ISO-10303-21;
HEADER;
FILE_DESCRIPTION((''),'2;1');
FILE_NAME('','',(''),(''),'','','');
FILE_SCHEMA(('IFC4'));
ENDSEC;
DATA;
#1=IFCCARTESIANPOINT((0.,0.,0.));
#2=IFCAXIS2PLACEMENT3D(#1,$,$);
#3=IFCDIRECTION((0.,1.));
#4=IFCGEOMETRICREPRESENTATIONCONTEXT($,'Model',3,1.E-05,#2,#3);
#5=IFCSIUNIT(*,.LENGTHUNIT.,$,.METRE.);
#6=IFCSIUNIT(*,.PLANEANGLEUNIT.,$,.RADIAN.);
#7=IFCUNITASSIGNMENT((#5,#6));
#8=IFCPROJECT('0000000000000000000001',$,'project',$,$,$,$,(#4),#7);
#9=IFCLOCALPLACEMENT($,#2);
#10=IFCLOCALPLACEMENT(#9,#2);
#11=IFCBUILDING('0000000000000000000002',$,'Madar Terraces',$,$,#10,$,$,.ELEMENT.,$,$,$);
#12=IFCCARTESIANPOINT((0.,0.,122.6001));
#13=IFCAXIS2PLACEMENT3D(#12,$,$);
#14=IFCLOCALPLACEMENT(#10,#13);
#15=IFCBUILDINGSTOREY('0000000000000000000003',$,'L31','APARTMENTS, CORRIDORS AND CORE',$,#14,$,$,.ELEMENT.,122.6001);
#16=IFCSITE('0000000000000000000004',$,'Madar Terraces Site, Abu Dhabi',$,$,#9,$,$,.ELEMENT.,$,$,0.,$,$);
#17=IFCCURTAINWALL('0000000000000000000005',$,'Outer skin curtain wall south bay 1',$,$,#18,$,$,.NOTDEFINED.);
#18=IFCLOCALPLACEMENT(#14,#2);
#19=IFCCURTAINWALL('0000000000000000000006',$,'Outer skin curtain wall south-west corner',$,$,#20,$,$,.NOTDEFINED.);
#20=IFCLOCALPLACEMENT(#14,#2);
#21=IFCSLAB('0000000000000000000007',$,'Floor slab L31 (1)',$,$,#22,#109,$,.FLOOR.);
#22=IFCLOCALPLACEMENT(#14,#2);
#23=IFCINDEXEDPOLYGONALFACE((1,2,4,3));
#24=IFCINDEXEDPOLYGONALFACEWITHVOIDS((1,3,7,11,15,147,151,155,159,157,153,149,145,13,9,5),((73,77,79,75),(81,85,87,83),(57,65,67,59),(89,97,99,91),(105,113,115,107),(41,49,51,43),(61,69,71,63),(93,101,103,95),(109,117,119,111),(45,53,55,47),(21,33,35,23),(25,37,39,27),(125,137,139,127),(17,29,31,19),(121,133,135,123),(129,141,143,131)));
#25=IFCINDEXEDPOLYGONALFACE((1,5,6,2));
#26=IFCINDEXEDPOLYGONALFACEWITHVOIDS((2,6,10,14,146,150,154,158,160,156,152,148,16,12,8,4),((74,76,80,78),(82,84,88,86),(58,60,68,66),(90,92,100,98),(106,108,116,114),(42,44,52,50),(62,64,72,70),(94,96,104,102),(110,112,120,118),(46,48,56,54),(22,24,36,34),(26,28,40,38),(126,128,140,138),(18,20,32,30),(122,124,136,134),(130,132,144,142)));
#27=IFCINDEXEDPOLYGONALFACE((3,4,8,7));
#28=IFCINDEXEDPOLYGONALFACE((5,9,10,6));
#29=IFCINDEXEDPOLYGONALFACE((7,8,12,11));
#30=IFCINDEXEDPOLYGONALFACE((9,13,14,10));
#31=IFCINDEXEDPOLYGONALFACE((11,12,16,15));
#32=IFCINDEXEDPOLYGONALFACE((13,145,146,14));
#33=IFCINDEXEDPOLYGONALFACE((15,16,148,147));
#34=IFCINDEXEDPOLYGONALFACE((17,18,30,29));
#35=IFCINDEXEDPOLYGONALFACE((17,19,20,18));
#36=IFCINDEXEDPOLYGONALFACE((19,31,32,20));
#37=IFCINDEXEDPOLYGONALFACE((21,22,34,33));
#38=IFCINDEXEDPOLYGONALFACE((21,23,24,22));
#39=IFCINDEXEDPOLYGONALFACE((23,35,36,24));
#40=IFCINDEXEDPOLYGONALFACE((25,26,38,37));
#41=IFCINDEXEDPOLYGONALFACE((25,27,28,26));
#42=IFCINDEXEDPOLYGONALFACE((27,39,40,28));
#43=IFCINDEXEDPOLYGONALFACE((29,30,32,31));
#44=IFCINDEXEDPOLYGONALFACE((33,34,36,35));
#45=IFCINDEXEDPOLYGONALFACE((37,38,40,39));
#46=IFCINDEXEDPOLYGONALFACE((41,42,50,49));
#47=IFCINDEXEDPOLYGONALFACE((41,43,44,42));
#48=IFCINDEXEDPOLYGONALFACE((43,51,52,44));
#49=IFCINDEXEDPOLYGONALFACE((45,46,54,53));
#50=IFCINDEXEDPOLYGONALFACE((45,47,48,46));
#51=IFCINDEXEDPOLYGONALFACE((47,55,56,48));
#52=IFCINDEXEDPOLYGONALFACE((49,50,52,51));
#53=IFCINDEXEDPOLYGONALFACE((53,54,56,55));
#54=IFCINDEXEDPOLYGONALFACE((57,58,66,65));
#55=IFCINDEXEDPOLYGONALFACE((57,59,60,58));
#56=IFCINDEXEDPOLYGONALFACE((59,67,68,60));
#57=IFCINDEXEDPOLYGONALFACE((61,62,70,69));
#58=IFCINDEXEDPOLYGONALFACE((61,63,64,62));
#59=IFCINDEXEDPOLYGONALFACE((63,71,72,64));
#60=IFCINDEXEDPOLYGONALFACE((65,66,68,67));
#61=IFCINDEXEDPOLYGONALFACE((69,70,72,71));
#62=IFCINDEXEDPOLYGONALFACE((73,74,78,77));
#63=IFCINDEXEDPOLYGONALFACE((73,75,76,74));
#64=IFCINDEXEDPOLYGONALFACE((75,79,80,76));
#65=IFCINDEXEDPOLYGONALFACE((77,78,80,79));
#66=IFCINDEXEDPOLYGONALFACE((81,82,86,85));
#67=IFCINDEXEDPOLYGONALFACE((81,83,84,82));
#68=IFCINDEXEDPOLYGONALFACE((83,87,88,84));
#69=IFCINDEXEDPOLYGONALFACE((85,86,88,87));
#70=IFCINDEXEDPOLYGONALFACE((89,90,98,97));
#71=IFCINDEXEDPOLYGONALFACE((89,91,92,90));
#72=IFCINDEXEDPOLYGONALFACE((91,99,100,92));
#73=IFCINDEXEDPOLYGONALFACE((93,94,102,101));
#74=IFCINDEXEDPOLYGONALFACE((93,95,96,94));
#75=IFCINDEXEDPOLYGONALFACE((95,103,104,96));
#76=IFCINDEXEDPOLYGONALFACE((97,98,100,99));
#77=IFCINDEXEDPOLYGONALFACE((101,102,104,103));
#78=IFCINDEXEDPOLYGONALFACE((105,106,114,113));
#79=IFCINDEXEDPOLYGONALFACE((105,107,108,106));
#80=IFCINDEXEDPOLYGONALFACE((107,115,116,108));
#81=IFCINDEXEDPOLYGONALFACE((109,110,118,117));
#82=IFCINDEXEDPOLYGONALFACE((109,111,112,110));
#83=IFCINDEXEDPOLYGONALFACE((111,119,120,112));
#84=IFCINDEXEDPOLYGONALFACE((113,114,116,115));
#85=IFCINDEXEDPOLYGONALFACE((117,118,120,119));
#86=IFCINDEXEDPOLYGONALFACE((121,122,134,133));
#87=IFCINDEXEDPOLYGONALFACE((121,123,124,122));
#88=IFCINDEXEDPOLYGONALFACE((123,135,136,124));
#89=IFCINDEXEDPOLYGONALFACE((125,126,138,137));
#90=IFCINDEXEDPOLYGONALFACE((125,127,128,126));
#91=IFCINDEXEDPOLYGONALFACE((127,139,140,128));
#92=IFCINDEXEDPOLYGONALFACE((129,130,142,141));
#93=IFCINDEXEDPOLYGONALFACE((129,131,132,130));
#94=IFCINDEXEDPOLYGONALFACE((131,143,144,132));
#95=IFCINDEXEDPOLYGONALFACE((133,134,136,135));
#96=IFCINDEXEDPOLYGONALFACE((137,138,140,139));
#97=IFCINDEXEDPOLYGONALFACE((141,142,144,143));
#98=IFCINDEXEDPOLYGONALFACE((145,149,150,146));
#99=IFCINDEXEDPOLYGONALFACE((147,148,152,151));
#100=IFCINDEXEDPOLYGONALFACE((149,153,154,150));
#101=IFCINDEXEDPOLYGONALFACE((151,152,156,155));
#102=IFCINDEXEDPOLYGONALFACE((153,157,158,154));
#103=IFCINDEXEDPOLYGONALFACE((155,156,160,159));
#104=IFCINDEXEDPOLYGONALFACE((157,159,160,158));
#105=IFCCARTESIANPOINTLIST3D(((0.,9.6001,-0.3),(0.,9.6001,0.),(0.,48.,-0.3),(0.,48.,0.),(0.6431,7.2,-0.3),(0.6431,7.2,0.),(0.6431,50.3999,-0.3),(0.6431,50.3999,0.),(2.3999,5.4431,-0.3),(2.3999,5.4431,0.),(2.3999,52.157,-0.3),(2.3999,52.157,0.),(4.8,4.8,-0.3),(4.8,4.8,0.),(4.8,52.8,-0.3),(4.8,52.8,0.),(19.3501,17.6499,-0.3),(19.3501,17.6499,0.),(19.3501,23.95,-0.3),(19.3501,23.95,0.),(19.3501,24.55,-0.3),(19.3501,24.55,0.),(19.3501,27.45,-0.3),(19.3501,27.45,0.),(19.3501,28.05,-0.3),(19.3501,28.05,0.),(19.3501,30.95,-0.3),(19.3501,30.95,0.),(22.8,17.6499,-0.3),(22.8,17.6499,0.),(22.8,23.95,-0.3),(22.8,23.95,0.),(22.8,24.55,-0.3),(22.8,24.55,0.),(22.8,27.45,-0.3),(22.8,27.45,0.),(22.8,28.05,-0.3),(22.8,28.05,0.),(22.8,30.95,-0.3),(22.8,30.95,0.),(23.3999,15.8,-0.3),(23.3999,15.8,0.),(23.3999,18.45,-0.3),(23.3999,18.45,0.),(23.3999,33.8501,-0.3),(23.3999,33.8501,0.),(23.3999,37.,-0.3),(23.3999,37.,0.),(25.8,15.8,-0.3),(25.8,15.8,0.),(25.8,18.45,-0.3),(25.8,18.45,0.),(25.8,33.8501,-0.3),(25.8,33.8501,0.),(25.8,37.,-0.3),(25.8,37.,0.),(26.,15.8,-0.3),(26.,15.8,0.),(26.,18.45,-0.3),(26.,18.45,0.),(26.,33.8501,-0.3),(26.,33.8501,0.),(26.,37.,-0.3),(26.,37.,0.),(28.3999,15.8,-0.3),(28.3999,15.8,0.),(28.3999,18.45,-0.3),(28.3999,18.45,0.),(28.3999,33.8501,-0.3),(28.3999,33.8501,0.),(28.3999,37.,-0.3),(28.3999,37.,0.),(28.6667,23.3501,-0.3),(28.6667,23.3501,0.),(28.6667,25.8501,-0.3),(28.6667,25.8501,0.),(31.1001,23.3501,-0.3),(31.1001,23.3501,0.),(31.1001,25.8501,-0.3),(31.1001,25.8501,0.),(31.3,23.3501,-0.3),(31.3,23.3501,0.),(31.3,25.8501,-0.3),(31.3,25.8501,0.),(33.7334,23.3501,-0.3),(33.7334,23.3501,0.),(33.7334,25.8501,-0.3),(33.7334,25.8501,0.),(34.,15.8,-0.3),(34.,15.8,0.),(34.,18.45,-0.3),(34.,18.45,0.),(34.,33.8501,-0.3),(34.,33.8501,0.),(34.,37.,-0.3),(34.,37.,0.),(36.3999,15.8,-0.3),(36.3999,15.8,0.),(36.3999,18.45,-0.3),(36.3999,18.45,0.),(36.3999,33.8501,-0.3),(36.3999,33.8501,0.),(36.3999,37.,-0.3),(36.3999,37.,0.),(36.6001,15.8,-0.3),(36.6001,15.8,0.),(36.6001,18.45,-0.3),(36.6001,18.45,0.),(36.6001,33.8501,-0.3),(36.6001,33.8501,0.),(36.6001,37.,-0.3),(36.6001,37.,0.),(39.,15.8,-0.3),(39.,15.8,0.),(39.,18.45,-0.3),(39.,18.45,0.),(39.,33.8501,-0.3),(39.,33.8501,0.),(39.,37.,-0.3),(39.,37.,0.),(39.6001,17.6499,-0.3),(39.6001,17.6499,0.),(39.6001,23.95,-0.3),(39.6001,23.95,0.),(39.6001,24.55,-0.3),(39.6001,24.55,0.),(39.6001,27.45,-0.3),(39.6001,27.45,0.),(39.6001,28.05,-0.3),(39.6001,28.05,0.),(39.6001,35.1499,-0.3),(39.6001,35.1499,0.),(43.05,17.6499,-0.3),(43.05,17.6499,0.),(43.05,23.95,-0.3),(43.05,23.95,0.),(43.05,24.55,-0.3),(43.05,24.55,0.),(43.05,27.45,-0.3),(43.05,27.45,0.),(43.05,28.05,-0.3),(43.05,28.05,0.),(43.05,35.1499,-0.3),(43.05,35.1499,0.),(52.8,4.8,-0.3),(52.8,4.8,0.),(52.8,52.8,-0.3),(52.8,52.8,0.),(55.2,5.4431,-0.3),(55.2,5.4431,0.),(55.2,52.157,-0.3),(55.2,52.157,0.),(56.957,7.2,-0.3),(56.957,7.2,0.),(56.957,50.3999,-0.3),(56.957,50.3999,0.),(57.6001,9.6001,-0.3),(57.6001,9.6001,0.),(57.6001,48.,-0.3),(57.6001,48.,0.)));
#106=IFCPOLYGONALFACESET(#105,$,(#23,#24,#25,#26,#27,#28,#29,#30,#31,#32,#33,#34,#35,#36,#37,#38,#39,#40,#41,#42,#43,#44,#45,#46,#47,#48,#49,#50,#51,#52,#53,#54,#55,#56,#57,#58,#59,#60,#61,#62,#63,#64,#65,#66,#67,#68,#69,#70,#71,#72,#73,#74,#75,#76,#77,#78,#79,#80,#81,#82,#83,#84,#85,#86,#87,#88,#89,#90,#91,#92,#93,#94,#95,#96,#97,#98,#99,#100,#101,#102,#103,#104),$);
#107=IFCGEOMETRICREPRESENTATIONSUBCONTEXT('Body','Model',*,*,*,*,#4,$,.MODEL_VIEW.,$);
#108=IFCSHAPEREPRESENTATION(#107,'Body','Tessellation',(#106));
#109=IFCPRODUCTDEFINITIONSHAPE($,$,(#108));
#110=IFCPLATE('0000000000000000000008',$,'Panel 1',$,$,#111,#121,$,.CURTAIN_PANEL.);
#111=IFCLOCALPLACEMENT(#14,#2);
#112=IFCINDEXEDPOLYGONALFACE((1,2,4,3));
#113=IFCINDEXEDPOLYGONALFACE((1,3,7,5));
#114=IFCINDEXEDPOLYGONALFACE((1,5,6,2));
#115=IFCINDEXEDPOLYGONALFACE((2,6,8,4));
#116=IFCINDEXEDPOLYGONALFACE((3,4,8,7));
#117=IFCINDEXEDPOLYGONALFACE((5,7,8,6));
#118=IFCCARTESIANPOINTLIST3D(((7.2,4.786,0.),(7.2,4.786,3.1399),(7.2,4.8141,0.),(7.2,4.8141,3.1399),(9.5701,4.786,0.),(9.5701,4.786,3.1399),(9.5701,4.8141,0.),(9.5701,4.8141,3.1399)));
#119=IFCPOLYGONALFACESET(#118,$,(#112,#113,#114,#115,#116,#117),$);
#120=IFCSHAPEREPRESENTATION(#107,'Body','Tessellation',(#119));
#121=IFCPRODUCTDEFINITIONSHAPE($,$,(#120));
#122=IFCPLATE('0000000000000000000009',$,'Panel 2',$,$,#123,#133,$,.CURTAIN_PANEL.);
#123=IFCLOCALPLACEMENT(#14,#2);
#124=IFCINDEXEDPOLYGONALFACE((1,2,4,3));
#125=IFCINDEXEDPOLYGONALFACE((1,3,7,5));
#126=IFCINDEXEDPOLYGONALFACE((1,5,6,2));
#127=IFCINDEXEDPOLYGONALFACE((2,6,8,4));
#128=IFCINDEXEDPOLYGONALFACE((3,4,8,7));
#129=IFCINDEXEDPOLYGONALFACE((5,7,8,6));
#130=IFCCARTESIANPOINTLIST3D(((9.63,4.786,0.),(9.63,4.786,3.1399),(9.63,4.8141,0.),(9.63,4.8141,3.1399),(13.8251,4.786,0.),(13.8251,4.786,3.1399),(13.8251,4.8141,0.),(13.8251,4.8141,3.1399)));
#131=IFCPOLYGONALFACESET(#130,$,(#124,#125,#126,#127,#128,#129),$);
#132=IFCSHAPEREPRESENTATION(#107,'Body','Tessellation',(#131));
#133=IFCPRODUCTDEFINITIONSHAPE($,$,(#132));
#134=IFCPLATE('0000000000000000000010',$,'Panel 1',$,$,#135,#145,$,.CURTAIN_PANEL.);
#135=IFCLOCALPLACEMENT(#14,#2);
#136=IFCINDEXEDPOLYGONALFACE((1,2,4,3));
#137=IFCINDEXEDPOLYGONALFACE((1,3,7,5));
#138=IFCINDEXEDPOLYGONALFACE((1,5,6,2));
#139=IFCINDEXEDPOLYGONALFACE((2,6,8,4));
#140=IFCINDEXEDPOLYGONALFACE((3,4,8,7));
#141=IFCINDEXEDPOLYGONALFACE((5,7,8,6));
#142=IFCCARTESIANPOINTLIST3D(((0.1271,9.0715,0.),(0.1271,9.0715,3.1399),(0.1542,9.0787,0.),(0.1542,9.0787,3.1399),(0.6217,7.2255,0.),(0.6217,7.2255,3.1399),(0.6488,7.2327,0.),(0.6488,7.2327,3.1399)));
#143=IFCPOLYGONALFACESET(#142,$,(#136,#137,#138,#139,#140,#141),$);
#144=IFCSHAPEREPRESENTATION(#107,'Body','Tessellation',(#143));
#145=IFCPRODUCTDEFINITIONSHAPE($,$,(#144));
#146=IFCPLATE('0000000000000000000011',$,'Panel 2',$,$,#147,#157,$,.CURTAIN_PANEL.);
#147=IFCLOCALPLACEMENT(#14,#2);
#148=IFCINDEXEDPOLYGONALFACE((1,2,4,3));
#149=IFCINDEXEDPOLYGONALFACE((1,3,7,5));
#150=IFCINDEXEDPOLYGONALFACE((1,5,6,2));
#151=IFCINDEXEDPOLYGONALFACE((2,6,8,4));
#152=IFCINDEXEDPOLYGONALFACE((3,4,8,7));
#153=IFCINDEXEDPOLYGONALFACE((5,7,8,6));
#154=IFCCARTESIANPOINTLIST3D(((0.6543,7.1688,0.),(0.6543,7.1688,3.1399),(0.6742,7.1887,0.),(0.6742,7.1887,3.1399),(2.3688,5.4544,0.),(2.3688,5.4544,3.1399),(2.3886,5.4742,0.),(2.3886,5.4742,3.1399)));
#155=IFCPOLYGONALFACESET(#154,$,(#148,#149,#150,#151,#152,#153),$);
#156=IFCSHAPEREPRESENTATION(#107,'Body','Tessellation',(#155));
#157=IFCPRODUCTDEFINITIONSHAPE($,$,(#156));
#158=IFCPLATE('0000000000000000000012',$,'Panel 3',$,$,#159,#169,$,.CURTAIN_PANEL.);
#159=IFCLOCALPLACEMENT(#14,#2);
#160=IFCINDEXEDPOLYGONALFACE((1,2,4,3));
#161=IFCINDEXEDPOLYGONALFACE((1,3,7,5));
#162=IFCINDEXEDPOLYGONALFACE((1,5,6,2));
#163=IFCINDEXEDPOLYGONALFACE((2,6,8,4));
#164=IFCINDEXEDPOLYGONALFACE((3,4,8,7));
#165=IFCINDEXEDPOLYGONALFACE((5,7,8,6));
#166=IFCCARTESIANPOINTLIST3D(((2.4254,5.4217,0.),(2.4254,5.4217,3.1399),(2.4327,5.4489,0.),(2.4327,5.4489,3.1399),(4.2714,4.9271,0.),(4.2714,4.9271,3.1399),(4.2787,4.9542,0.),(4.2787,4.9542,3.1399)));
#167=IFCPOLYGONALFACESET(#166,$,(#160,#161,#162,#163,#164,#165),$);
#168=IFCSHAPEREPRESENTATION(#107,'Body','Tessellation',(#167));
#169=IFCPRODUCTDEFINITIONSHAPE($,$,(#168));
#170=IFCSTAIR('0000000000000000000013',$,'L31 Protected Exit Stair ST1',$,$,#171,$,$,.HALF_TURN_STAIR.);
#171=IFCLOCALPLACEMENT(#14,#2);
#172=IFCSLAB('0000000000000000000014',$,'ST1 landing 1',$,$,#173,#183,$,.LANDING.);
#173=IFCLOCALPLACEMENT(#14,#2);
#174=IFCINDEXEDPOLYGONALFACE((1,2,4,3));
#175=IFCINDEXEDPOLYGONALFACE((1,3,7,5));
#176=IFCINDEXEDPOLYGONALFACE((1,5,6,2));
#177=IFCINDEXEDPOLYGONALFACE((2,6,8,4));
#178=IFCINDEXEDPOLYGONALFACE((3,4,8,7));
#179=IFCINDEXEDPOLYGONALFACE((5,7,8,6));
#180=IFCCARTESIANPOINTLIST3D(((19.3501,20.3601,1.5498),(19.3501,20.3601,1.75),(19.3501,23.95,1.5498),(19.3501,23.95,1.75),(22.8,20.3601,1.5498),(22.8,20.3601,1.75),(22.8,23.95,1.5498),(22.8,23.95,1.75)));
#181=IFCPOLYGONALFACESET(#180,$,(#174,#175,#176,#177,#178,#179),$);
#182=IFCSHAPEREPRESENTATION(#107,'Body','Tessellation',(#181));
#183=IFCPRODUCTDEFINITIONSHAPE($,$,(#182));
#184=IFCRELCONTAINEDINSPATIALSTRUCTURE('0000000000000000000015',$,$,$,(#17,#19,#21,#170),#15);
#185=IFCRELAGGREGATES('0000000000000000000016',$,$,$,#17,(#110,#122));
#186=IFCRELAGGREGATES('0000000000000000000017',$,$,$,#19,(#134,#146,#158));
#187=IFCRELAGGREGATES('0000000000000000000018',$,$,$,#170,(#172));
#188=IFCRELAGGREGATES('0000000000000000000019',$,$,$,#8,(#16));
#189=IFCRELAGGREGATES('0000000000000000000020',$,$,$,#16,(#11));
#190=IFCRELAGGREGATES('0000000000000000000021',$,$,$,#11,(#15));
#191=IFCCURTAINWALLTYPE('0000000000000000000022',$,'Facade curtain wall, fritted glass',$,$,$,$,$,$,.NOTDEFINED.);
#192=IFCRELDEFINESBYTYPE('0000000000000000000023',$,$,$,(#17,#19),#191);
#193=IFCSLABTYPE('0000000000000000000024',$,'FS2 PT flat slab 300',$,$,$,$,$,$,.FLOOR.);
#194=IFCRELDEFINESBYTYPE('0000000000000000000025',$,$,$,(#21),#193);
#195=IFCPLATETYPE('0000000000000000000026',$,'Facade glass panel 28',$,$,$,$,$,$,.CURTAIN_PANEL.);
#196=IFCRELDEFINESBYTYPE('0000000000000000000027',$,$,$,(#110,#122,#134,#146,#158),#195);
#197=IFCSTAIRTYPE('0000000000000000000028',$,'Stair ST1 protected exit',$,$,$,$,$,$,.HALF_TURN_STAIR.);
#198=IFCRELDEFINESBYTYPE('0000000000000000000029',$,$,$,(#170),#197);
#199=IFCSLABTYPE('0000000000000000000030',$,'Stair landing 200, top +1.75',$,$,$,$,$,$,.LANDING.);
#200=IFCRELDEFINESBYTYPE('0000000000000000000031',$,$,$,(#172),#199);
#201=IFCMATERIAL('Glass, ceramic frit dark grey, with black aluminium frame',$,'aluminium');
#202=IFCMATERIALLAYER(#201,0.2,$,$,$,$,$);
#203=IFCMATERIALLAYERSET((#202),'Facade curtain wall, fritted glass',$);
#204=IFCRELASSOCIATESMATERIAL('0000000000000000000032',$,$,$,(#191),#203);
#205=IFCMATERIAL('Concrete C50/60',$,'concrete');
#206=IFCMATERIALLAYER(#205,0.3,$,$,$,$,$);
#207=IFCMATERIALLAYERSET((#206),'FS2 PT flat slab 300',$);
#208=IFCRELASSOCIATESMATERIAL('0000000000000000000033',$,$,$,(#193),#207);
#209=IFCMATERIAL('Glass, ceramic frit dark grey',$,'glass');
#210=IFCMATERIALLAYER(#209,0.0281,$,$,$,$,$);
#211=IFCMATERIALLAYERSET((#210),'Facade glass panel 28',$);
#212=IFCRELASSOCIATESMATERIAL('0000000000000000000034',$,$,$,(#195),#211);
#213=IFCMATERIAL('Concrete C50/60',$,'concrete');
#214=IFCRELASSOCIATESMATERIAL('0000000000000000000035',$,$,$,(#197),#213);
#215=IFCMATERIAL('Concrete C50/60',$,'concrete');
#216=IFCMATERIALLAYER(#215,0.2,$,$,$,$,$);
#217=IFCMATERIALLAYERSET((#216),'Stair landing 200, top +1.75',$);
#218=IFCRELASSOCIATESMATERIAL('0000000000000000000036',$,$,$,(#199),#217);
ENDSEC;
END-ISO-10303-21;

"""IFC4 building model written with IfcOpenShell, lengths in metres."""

from ifc_helpers import new_model, si_unit, direction, frame, origin, origin_2d, place, context, subcontext, project, spatial, polyline, rectangle, outline, extrude, material, layer, layer_set, type_object, element, aggregate, save


model = new_model("IFC4")

# Units and contexts
model_context = context("Model", 3, precision=1e-05, world=origin(), true_north=direction((0.0, 1.0)))
body_context = subcontext(model_context, "Body", "Model", "MODEL_VIEW")
ifc_project = project(units=[si_unit("LENGTHUNIT", "METRE"), si_unit("PLANEANGLEUNIT", "RADIAN")], contexts=[model_context])

# Site, building, storey
site_placement = place(None, origin())
site = spatial("IfcSite", under=ifc_project, at=site_placement, Name="Madar Terraces Site, Abu Dhabi", CompositionType="ELEMENT", RefElevation=0.0)
building_placement = place(site_placement, origin())
building = spatial("IfcBuilding", under=site, at=building_placement, Name="Madar Terraces", CompositionType="ELEMENT")
storey_placement = place(building_placement, frame((0.0, 0.0, 122.6001)))
storey = spatial("IfcBuildingStorey", under=building, at=storey_placement, Name="L31", Description="APARTMENTS, CORRIDORS AND CORE", CompositionType="ELEMENT", Elevation=122.6001)

# Curtain wall
ifc_material_1 = material(Name="Glass, ceramic frit dark grey, with black aluminium frame", Category="aluminium")
ifc_layer_1 = layer(ifc_material_1, 0.2)
ifc_layer_set_1 = layer_set([ifc_layer_1], Name="Facade curtain wall, fritted glass")
curtain_wall_type = type_object("IfcCurtainWallType", Name="Facade curtain wall, fritted glass", PredefinedType="NOTDEFINED", material=ifc_layer_set_1)
curtain_wall_1_placement = place(storey_placement, origin())
curtain_wall_1 = element("IfcCurtainWall", 1, at=curtain_wall_1_placement, inside=storey, type_object=curtain_wall_type, Name="Outer skin curtain wall south bay 1", PredefinedType="NOTDEFINED")

# Curtain wall
curtain_wall_2_placement = place(storey_placement, origin())
curtain_wall_2 = element("IfcCurtainWall", 2, at=curtain_wall_2_placement, inside=storey, type_object=curtain_wall_type, Name="Outer skin curtain wall south-west corner", PredefinedType="NOTDEFINED")

# Slab
ifc_material_2 = material(Name="Concrete C50/60", Category="concrete")
ifc_layer_2 = layer(ifc_material_2, 0.3)
ifc_layer_set_2 = layer_set([ifc_layer_2], Name="FS2 PT flat slab 300")
slab_type_1 = type_object("IfcSlabType", Name="FS2 PT flat slab 300", PredefinedType="FLOOR", material=ifc_layer_set_2)
slab_1_placement = place(storey_placement, frame((0.0, 0.0, -0.3)))
element("IfcSlab", 3, at=slab_1_placement, inside=storey, type_object=slab_type_1, Name="Floor slab L31 (1)", PredefinedType="FLOOR", context=body_context, shape_type="SweptSolid", body=[
    extrude(outline(polyline([(52.8, 4.8), (55.2, 5.4431), (56.957, 7.2), (57.6001, 9.6001), (57.6001, 48.0), (56.957, 50.3999), (55.2, 52.157), (52.8, 52.8), (4.8, 52.8), (2.3999, 52.157), (0.6431, 50.3999), (0.0, 48.0), (0.0, 9.6001), (0.6431, 7.2), (2.3999, 5.4431), (4.8, 4.8), (52.8, 4.8)]), holes=[polyline([(23.3999, 15.8), (23.3999, 18.45), (25.8, 18.45), (25.8, 15.8), (23.3999, 15.8)]), polyline([(26.0, 15.8), (26.0, 18.45), (28.3999, 18.45), (28.3999, 15.8), (26.0, 15.8)]), polyline([(19.3501, 17.6499), (19.3501, 23.95), (22.8, 23.95), (22.8, 17.6499), (19.3501, 17.6499)]), polyline([(28.6667, 23.3501), (28.6667, 25.8501), (31.1001, 25.8501), (31.1001, 23.3501), (28.6667, 23.3501)]), polyline([(19.3501, 24.55), (19.3501, 27.45), (22.8, 27.45), (22.8, 24.55), (19.3501, 24.55)]), polyline([(19.3501, 28.05), (19.3501, 30.95), (22.8, 30.95), (22.8, 28.05), (19.3501, 28.05)]), polyline([(23.3999, 33.8501), (23.3999, 37.0), (25.8, 37.0), (25.8, 33.8501), (23.3999, 33.8501)]), polyline([(26.0, 33.8501), (26.0, 37.0), (28.3999, 37.0), (28.3999, 33.8501), (26.0, 33.8501)]), polyline([(34.0, 15.8), (34.0, 18.45), (36.3999, 18.45), (36.3999, 15.8), (34.0, 15.8)]), polyline([(36.6001, 15.8), (36.6001, 18.45), (39.0, 18.45), (39.0, 15.8), (36.6001, 15.8)]), polyline([(39.6001, 17.6499), (39.6001, 23.95), (43.05, 23.95), (43.05, 17.6499), (39.6001, 17.6499)]), polyline([(31.3, 23.3501), (31.3, 25.8501), (33.7334, 25.8501), (33.7334, 23.3501), (31.3, 23.3501)]), polyline([(39.6001, 24.55), (39.6001, 27.45), (43.05, 27.45), (43.05, 24.55), (39.6001, 24.55)]), polyline([(39.6001, 28.05), (39.6001, 35.1499), (43.05, 35.1499), (43.05, 28.05), (39.6001, 28.05)]), polyline([(34.0, 33.8501), (34.0, 37.0), (36.3999, 37.0), (36.3999, 33.8501), (34.0, 33.8501)]), polyline([(36.6001, 33.8501), (36.6001, 37.0), (39.0, 37.0), (39.0, 33.8501), (36.6001, 33.8501)])]), origin(), (0.0, 0.0, 1.0), 0.3),
])

# Plates
ifc_material_3 = material(Name="Glass, ceramic frit dark grey", Category="glass")
ifc_layer_3 = layer(ifc_material_3, 0.0281)
ifc_layer_set_3 = layer_set([ifc_layer_3], Name="Facade glass panel 28")
plate_type = type_object("IfcPlateType", Name="Facade glass panel 28", PredefinedType="CURTAIN_PANEL", material=ifc_layer_set_3)
plate_1_placement = place(storey_placement, frame((8.385, 4.8, 0.0), z_axis=(0.0, 0.0, 1.0), x_axis=(1.0, 0.0, 0.0)))
plate_1 = element("IfcPlate", 4, at=plate_1_placement, type_object=plate_type, Name="Panel 1", PredefinedType="CURTAIN_PANEL", context=body_context, shape_type="SweptSolid", body=[
    extrude(rectangle(XDim=2.3701, YDim=0.0281, at=origin_2d()), origin(), (0.0, 0.0, 1.0), 3.1399),
])
plate_2_placement = place(storey_placement, frame((11.7275, 4.8, 0.0), z_axis=(0.0, 0.0, 1.0), x_axis=(1.0, 0.0, 0.0)))
plate_2 = element("IfcPlate", 5, at=plate_2_placement, type_object=plate_type, Name="Panel 2", PredefinedType="CURTAIN_PANEL", context=body_context, shape_type="SweptSolid", body=[
    extrude(rectangle(XDim=4.1951, YDim=0.0281, at=origin_2d()), origin(), (0.0, 0.0, 1.0), 3.1399),
])
aggregate(curtain_wall_1, [plate_1, plate_2])
plate_3_placement = place(storey_placement, frame((0.3879, 8.1521, 0.0), z_axis=(0.0, 0.0, 1.0), x_axis=(0.258819, -0.965926, 0.0)))
plate_3 = element("IfcPlate", 6, at=plate_3_placement, type_object=plate_type, Name="Panel 1", PredefinedType="CURTAIN_PANEL", context=body_context, shape_type="SweptSolid", body=[
    extrude(rectangle(XDim=1.9111, YDim=0.0281, at=origin_2d()), origin(), (0.0, 0.0, 1.0), 3.1399),
])
plate_4_placement = place(storey_placement, frame((1.5215, 6.3215, 0.0), z_axis=(0.0, 0.0, 1.0), x_axis=(0.707107, -0.707107, 0.0)))
plate_4 = element("IfcPlate", 7, at=plate_4_placement, type_object=plate_type, Name="Panel 2", PredefinedType="CURTAIN_PANEL", context=body_context, shape_type="SweptSolid", body=[
    extrude(rectangle(XDim=2.4246, YDim=0.0281, at=origin_2d()), origin(), (0.0, 0.0, 1.0), 3.1399),
])
plate_5_placement = place(storey_placement, frame((3.3521, 5.188, 0.0), z_axis=(0.0, 0.0, 1.0), x_axis=(0.965926, -0.258819, 0.0)))
plate_5 = element("IfcPlate", 8, at=plate_5_placement, type_object=plate_type, Name="Panel 3", PredefinedType="CURTAIN_PANEL", context=body_context, shape_type="SweptSolid", body=[
    extrude(rectangle(XDim=1.9111, YDim=0.0281, at=origin_2d()), origin(), (0.0, 0.0, 1.0), 3.1399),
])
aggregate(curtain_wall_2, [plate_3, plate_4, plate_5])

# Stair, slab
ifc_material_4 = material(Name="Concrete C50/60", Category="concrete")
stair_type_1 = type_object("IfcStairType", Name="Stair ST1 protected exit", PredefinedType="HALF_TURN_STAIR", material=ifc_material_4)
stair_1_placement = place(storey_placement, origin())
stair_1 = element("IfcStair", 9, at=stair_1_placement, inside=storey, type_object=stair_type_1, Name="L31 Protected Exit Stair ST1", PredefinedType="HALF_TURN_STAIR")
ifc_material_5 = material(Name="Concrete C50/60", Category="concrete")
ifc_layer_4 = layer(ifc_material_5, 0.2)
ifc_layer_set_4 = layer_set([ifc_layer_4], Name="Stair landing 200, top +1.75")
slab_type_2 = type_object("IfcSlabType", Name="Stair landing 200, top +1.75", PredefinedType="LANDING", material=ifc_layer_set_4)
slab_2_placement = place(storey_placement, frame((0.0, 0.0, 1.5498)))
slab_2 = element("IfcSlab", 10, at=slab_2_placement, type_object=slab_type_2, Name="ST1 landing 1", PredefinedType="LANDING", context=body_context, shape_type="SweptSolid", body=[
    extrude(outline(polyline([(19.3501, 20.3601), (22.8, 20.3601), (22.8, 23.95), (19.3501, 23.95), (19.3501, 20.3601)])), origin(), (0.0, 0.0, 1.0), 0.2002),
])
aggregate(stair_1, [slab_2])

save(model, "model.ifc")
